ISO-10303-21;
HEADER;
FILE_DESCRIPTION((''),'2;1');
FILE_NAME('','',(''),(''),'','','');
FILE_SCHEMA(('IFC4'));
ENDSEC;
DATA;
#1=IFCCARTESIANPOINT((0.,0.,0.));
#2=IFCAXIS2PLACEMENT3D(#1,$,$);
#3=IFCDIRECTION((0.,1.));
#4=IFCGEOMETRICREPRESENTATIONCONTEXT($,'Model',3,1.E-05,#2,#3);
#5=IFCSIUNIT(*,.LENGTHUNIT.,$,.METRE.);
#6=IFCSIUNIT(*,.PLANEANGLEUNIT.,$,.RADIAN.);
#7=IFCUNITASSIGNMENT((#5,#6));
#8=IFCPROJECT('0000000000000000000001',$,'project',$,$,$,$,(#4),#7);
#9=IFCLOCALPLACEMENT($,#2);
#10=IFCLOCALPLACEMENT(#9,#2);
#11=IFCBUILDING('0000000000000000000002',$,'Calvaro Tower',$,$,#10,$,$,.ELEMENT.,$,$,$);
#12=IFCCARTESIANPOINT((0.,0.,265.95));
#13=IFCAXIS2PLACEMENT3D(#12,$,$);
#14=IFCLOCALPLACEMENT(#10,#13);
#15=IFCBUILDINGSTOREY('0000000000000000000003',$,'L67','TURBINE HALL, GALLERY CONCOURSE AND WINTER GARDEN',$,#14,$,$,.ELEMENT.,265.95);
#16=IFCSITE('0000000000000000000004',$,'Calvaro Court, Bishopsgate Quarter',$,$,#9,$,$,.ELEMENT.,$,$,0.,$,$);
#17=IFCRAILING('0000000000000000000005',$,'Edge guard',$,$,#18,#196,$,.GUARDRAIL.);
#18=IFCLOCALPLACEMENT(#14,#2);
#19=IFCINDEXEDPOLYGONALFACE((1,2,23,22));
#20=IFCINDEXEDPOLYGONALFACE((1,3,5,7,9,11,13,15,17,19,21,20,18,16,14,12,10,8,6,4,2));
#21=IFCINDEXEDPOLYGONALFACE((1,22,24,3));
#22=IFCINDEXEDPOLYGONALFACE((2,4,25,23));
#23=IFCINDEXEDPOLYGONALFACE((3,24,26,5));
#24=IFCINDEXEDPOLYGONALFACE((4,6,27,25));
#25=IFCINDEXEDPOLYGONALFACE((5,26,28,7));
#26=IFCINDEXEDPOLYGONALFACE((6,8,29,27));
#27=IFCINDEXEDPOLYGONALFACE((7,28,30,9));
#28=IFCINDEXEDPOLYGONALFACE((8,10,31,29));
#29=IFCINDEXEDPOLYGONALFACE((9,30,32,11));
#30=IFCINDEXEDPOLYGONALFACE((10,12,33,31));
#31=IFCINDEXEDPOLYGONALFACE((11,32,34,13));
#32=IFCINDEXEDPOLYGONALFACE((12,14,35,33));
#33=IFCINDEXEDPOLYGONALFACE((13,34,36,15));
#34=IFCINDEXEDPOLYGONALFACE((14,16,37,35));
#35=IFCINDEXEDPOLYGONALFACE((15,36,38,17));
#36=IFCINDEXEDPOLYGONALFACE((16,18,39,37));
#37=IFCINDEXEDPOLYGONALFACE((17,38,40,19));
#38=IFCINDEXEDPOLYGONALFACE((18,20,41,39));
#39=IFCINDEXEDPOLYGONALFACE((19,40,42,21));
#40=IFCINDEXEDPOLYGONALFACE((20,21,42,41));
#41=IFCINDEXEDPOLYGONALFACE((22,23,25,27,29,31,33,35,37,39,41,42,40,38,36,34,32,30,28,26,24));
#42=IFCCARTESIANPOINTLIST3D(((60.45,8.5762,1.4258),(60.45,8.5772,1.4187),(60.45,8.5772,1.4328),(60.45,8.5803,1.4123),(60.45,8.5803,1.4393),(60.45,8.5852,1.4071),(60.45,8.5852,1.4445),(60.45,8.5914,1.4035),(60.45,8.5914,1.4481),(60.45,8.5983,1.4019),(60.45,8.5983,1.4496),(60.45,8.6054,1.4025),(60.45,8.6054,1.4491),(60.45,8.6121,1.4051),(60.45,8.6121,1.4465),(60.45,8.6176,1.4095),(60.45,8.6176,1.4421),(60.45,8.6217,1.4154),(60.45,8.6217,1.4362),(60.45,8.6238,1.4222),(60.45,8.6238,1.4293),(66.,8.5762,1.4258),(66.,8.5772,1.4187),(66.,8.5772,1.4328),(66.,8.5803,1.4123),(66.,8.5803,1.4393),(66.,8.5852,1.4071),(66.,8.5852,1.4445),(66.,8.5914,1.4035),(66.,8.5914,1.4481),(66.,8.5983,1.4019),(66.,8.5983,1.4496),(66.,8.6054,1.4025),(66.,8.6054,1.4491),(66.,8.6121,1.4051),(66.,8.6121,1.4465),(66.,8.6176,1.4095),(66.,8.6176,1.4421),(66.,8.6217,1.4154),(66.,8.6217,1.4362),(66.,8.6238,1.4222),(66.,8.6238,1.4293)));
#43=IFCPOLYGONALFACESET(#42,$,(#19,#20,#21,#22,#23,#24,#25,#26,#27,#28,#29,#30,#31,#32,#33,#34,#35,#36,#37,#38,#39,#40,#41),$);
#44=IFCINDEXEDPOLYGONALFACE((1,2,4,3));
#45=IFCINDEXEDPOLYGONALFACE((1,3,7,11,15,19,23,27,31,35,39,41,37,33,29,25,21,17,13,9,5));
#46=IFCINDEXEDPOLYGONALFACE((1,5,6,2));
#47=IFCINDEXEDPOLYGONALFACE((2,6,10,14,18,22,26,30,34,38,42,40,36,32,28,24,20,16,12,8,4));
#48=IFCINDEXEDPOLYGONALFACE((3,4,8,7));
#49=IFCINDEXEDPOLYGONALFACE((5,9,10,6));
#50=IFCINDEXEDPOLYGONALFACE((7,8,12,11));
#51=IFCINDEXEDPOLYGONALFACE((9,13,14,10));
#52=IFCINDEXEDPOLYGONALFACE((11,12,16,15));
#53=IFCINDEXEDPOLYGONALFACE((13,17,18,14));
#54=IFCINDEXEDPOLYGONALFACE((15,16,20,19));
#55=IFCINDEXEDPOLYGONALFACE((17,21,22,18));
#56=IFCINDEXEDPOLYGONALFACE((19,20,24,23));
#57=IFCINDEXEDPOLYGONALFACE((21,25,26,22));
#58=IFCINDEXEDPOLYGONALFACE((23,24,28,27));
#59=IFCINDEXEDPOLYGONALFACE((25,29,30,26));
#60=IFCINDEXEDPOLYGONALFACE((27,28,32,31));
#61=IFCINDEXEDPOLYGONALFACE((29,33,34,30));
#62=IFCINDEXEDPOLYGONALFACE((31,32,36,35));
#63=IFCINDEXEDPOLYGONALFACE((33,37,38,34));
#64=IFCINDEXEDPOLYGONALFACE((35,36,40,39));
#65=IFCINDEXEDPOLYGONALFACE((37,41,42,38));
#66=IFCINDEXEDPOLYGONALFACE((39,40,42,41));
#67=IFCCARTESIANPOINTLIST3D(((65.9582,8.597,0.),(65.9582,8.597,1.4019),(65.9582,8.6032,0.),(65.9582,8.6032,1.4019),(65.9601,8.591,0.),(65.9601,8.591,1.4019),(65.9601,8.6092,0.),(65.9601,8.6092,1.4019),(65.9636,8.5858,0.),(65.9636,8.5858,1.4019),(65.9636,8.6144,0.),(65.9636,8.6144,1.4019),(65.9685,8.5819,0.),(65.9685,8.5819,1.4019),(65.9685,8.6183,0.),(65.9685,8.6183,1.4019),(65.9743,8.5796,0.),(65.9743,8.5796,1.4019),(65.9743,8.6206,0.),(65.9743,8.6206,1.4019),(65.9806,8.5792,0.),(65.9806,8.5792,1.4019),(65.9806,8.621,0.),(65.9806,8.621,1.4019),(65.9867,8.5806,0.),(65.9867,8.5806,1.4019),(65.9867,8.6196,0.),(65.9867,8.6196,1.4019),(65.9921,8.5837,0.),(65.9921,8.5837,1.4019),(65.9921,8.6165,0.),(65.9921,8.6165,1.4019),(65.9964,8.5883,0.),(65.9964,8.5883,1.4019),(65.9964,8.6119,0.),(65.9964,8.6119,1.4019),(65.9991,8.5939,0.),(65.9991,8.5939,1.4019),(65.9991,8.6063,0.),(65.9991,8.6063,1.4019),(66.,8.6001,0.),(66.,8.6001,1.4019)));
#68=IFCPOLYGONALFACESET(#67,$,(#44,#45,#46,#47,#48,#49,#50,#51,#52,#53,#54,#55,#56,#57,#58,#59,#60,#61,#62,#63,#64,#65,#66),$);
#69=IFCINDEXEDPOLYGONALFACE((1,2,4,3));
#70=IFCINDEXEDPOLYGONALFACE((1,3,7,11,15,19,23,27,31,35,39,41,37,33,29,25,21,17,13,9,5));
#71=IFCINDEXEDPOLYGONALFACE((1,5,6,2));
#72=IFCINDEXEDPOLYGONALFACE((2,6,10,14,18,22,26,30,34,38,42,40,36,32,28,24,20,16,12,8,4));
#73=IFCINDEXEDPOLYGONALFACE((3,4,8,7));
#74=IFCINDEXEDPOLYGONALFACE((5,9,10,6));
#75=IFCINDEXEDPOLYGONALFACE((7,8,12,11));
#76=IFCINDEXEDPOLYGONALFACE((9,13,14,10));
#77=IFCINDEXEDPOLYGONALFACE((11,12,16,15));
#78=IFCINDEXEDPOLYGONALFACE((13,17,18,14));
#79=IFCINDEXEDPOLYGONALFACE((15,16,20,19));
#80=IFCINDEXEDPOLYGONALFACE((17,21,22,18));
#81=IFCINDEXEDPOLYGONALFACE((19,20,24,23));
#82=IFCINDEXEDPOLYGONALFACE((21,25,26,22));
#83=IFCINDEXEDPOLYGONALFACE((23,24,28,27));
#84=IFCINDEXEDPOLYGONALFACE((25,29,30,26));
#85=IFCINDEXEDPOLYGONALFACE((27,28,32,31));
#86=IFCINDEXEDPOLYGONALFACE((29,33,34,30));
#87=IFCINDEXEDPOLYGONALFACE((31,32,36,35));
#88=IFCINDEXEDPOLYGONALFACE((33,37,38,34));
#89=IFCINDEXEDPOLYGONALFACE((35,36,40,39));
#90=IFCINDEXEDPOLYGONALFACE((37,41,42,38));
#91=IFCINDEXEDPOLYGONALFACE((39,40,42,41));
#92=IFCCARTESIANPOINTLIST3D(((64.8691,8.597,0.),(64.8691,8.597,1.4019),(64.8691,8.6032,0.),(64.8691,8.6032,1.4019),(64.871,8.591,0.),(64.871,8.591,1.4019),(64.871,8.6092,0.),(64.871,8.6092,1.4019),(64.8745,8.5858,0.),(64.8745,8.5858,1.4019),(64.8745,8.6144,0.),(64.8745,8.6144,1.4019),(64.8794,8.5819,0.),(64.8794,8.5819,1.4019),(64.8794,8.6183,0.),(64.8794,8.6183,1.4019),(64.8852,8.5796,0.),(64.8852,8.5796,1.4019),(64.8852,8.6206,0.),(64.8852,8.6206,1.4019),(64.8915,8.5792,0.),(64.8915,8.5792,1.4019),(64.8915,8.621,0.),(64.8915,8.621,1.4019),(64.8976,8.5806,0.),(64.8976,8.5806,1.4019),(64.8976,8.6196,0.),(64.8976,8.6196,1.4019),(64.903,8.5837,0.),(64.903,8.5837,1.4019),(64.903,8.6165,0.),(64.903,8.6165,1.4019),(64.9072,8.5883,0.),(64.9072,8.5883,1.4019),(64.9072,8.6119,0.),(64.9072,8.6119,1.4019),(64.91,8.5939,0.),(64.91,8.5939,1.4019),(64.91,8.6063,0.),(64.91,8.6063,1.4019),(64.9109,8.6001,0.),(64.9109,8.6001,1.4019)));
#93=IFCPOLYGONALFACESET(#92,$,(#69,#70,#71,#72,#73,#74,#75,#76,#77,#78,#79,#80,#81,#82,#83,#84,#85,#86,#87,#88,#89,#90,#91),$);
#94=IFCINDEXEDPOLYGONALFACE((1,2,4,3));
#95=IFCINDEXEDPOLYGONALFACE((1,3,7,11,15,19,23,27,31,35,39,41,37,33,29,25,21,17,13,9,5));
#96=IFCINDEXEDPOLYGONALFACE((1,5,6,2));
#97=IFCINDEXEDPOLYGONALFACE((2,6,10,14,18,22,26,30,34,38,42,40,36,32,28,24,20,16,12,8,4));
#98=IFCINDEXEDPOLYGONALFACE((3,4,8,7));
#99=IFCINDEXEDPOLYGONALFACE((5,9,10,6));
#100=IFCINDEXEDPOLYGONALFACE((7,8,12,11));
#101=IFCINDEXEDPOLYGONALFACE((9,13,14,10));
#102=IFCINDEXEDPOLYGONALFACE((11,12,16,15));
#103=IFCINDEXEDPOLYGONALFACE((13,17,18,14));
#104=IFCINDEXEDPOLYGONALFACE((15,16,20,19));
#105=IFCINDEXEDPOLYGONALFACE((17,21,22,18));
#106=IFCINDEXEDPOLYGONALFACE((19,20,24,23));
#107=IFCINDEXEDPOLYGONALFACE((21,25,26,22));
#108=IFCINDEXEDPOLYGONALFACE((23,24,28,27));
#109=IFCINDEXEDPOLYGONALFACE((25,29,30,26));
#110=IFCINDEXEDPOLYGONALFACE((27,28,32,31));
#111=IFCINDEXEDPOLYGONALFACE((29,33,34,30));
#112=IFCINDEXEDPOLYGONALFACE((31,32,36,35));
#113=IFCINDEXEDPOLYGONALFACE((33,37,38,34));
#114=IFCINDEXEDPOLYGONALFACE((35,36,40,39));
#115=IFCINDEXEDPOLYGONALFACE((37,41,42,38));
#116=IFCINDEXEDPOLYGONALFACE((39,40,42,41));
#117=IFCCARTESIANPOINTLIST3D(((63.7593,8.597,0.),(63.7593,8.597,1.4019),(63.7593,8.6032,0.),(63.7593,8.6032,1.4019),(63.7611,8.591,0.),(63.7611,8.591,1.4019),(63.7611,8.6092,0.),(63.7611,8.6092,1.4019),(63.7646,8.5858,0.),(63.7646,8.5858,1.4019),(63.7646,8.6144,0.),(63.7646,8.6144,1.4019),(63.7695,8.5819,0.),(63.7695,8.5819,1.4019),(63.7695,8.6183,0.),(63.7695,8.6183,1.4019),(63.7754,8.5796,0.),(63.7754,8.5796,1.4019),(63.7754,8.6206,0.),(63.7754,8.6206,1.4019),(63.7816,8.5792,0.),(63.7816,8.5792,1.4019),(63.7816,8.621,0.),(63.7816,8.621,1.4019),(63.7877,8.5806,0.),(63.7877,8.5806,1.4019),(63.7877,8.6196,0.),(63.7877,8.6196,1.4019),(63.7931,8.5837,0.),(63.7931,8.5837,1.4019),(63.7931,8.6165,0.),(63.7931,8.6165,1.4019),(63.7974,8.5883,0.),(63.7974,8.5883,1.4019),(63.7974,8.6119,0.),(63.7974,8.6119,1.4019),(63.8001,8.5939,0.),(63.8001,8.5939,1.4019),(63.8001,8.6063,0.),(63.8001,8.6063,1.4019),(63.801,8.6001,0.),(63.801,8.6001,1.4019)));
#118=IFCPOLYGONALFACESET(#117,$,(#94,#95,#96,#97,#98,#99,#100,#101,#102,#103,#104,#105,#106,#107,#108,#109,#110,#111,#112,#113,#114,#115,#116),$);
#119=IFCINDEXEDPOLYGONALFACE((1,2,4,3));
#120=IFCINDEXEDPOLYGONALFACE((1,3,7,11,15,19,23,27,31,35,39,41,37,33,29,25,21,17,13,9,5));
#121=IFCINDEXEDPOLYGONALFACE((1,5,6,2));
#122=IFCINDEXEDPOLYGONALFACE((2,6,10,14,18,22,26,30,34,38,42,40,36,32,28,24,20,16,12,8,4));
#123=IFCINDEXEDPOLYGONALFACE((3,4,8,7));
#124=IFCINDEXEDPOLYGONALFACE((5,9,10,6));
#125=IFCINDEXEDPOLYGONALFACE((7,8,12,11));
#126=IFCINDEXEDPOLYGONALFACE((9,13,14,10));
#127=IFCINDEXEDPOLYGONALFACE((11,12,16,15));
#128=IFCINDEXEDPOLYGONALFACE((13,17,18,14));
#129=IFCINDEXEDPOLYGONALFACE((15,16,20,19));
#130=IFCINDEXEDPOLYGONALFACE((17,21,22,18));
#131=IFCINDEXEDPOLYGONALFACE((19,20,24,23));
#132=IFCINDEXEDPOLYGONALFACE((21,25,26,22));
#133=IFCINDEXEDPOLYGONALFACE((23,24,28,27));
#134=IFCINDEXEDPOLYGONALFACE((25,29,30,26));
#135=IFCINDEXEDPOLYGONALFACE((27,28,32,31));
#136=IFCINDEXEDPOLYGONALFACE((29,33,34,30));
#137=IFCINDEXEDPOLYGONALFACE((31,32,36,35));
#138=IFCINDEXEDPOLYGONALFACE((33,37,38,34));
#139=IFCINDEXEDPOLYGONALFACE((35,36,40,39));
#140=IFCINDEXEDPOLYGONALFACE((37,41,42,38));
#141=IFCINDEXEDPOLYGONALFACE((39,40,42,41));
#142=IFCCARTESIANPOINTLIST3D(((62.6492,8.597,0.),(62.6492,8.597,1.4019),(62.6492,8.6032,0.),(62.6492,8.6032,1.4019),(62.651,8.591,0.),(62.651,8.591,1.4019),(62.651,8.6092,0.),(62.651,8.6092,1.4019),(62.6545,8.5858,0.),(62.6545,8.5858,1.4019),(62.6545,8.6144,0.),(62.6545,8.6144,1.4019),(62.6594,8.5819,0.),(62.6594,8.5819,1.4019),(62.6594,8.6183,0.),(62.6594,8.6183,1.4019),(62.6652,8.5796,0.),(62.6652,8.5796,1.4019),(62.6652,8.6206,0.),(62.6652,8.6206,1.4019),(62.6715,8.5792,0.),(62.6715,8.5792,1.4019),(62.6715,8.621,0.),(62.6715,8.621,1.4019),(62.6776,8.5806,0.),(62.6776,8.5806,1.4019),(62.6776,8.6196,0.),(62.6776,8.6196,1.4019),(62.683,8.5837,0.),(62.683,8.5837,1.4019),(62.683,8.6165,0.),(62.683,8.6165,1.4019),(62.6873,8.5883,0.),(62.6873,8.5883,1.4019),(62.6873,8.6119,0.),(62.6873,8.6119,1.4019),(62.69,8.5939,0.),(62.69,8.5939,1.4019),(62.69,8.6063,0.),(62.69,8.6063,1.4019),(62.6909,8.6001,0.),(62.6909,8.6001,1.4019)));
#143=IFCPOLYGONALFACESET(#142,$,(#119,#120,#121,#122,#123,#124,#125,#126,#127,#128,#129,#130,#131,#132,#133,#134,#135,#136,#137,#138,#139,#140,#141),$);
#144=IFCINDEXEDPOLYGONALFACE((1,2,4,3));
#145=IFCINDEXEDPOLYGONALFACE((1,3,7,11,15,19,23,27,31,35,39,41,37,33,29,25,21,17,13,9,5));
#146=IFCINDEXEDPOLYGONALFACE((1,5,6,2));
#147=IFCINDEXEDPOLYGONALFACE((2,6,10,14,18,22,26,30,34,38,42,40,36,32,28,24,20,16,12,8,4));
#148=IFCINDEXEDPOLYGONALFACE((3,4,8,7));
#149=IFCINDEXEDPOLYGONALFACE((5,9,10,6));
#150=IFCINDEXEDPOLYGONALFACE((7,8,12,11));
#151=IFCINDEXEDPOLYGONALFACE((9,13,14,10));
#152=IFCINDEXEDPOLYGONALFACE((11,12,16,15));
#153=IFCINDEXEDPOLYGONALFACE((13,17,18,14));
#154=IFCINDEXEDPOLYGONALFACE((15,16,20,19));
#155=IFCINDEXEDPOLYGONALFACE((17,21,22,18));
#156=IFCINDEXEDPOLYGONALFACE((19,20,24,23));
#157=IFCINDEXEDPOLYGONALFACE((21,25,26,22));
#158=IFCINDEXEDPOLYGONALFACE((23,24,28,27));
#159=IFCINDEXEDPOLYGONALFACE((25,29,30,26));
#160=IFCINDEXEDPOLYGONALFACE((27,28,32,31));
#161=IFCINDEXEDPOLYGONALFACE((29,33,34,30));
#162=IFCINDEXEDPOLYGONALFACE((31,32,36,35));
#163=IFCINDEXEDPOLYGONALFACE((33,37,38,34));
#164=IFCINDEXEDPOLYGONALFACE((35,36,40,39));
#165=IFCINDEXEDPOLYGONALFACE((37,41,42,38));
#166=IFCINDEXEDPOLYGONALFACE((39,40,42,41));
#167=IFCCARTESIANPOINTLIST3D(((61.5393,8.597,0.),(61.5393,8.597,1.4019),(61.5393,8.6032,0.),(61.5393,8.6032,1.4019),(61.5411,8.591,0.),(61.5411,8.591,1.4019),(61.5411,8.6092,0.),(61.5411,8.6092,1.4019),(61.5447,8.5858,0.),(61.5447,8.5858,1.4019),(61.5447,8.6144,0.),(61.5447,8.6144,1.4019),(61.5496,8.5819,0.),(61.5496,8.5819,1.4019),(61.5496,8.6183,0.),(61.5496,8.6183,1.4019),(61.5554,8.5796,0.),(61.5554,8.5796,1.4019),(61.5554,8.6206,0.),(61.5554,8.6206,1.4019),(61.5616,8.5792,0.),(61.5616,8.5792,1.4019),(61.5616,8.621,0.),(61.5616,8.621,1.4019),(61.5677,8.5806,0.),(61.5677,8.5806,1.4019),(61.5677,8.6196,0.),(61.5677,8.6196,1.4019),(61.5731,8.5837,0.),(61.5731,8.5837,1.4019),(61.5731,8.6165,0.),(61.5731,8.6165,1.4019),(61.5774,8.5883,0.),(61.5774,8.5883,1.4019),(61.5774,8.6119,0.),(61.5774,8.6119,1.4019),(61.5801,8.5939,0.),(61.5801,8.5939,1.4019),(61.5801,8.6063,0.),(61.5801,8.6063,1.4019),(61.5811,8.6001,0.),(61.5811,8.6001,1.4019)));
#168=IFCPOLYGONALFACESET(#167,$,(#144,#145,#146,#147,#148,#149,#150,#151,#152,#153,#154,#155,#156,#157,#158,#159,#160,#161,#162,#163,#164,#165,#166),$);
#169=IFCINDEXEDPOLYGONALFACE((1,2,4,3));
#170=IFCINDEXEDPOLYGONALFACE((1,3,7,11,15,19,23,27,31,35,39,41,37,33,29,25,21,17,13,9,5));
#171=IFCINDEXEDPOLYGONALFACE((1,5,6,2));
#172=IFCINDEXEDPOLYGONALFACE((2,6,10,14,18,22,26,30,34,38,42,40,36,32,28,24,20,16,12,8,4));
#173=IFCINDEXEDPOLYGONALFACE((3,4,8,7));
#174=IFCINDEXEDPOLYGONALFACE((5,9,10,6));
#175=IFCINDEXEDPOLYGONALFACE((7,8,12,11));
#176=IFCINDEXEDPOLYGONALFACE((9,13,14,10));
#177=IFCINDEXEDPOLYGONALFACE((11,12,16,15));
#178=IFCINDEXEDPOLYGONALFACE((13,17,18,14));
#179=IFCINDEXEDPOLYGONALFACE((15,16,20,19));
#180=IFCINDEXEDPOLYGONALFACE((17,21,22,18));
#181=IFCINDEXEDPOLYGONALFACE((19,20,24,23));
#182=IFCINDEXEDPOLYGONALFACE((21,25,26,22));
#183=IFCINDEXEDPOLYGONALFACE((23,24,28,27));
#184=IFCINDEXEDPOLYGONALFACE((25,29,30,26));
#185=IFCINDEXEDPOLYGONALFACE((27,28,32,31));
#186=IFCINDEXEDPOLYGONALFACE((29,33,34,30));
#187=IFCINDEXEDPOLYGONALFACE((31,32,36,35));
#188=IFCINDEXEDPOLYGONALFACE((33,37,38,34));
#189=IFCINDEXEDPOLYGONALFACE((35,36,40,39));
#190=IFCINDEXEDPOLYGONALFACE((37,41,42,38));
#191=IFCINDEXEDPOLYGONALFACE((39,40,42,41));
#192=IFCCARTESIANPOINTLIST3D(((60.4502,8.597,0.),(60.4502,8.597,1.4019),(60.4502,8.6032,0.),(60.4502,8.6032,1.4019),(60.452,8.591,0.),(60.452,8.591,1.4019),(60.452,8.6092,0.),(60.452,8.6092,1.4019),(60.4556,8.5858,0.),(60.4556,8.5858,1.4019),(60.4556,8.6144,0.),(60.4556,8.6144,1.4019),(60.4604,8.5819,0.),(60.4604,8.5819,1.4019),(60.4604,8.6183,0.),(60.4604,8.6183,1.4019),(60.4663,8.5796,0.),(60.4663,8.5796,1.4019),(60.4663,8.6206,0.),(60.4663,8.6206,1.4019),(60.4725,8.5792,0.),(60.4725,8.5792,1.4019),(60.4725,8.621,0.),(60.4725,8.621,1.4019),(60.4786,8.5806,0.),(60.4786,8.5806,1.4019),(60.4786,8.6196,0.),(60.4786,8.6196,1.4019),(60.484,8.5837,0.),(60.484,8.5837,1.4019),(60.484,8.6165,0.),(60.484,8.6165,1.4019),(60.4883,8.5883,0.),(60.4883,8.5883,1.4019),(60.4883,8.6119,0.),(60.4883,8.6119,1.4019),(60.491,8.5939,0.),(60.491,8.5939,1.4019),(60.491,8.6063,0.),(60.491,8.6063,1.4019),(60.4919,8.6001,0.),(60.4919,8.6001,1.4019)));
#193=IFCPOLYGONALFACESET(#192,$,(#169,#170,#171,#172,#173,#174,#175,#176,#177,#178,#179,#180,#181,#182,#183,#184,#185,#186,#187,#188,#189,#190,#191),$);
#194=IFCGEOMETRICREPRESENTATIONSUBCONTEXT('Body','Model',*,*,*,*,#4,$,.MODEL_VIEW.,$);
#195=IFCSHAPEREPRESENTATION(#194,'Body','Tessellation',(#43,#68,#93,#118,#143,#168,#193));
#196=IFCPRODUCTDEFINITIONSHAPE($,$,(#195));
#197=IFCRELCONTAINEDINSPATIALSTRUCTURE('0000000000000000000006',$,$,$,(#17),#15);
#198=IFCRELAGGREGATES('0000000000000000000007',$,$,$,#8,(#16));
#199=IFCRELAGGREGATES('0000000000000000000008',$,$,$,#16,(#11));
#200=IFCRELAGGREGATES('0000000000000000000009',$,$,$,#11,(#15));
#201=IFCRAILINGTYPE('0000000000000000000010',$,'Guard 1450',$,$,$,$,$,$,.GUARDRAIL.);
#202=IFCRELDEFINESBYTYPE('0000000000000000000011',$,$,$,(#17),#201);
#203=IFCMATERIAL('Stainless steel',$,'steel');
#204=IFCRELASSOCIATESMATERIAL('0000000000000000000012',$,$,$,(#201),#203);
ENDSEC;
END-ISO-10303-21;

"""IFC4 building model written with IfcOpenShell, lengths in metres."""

from ifc_helpers import new_model, si_unit, direction, frame, origin, origin_2d, place, context, subcontext, project, spatial, circle, extrude, material, type_object, element, save


model = new_model("IFC4")

# Units and contexts
model_context = context("Model", 3, precision=1e-05, world=origin(), true_north=direction((0.0, 1.0)))
body_context = subcontext(model_context, "Body", "Model", "MODEL_VIEW")
ifc_project = project(units=[si_unit("LENGTHUNIT", "METRE"), si_unit("PLANEANGLEUNIT", "RADIAN")], contexts=[model_context])

# Site, building, storey
site_placement = place(None, origin())
site = spatial("IfcSite", under=ifc_project, at=site_placement, Name="Calvaro Court, Bishopsgate Quarter", CompositionType="ELEMENT", RefElevation=0.0)
building_placement = place(site_placement, origin())
building = spatial("IfcBuilding", under=site, at=building_placement, Name="Calvaro Tower", CompositionType="ELEMENT")
storey_placement = place(building_placement, frame((0.0, 0.0, 265.95)))
storey = spatial("IfcBuildingStorey", under=building, at=storey_placement, Name="L67", Description="TURBINE HALL, GALLERY CONCOURSE AND WINTER GARDEN", CompositionType="ELEMENT", Elevation=265.95)

# Railing
ifc_material_1 = material(Name="Stainless steel", Category="steel")
railing_type = type_object("IfcRailingType", Name="Guard 1450", PredefinedType="GUARDRAIL", material=ifc_material_1)
railing_1_placement = place(storey_placement, frame((66.0, 8.6001, 0.0)))
element("IfcRailing", 1, at=railing_1_placement, inside=storey, type_object=railing_type, Name="Edge guard", PredefinedType="GUARDRAIL", context=body_context, shape_type="SweptSolid", body=[
    extrude(circle(Radius=0.0239, at=origin_2d()), frame((0.0, 0.0, 1.4258), z_axis=(-1.0, 0.0, 0.0), x_axis=(0.0, -1.0, 0.0)), (0.0, 0.0, 1.0), 5.55),
    extrude(circle(Radius=0.021, at=origin_2d()), frame((-0.021, 0.0, 0.0)), (0.0, 0.0, 1.0), 1.4019),
    extrude(circle(Radius=0.021, at=origin_2d()), frame((-1.1101, 0.0, 0.0)), (0.0, 0.0, 1.0), 1.4019),
    extrude(circle(Radius=0.021, at=origin_2d()), frame((-2.22, 0.0, 0.0)), (0.0, 0.0, 1.0), 1.4019),
    extrude(circle(Radius=0.021, at=origin_2d()), frame((-3.3301, 0.0, 0.0)), (0.0, 0.0, 1.0), 1.4019),
    extrude(circle(Radius=0.021, at=origin_2d()), frame((-4.4399, 0.0, 0.0)), (0.0, 0.0, 1.0), 1.4019),
    extrude(circle(Radius=0.021, at=origin_2d()), frame((-5.5291, 0.0, 0.0)), (0.0, 0.0, 1.0), 1.4019),
])

save(model, "model.ifc")
